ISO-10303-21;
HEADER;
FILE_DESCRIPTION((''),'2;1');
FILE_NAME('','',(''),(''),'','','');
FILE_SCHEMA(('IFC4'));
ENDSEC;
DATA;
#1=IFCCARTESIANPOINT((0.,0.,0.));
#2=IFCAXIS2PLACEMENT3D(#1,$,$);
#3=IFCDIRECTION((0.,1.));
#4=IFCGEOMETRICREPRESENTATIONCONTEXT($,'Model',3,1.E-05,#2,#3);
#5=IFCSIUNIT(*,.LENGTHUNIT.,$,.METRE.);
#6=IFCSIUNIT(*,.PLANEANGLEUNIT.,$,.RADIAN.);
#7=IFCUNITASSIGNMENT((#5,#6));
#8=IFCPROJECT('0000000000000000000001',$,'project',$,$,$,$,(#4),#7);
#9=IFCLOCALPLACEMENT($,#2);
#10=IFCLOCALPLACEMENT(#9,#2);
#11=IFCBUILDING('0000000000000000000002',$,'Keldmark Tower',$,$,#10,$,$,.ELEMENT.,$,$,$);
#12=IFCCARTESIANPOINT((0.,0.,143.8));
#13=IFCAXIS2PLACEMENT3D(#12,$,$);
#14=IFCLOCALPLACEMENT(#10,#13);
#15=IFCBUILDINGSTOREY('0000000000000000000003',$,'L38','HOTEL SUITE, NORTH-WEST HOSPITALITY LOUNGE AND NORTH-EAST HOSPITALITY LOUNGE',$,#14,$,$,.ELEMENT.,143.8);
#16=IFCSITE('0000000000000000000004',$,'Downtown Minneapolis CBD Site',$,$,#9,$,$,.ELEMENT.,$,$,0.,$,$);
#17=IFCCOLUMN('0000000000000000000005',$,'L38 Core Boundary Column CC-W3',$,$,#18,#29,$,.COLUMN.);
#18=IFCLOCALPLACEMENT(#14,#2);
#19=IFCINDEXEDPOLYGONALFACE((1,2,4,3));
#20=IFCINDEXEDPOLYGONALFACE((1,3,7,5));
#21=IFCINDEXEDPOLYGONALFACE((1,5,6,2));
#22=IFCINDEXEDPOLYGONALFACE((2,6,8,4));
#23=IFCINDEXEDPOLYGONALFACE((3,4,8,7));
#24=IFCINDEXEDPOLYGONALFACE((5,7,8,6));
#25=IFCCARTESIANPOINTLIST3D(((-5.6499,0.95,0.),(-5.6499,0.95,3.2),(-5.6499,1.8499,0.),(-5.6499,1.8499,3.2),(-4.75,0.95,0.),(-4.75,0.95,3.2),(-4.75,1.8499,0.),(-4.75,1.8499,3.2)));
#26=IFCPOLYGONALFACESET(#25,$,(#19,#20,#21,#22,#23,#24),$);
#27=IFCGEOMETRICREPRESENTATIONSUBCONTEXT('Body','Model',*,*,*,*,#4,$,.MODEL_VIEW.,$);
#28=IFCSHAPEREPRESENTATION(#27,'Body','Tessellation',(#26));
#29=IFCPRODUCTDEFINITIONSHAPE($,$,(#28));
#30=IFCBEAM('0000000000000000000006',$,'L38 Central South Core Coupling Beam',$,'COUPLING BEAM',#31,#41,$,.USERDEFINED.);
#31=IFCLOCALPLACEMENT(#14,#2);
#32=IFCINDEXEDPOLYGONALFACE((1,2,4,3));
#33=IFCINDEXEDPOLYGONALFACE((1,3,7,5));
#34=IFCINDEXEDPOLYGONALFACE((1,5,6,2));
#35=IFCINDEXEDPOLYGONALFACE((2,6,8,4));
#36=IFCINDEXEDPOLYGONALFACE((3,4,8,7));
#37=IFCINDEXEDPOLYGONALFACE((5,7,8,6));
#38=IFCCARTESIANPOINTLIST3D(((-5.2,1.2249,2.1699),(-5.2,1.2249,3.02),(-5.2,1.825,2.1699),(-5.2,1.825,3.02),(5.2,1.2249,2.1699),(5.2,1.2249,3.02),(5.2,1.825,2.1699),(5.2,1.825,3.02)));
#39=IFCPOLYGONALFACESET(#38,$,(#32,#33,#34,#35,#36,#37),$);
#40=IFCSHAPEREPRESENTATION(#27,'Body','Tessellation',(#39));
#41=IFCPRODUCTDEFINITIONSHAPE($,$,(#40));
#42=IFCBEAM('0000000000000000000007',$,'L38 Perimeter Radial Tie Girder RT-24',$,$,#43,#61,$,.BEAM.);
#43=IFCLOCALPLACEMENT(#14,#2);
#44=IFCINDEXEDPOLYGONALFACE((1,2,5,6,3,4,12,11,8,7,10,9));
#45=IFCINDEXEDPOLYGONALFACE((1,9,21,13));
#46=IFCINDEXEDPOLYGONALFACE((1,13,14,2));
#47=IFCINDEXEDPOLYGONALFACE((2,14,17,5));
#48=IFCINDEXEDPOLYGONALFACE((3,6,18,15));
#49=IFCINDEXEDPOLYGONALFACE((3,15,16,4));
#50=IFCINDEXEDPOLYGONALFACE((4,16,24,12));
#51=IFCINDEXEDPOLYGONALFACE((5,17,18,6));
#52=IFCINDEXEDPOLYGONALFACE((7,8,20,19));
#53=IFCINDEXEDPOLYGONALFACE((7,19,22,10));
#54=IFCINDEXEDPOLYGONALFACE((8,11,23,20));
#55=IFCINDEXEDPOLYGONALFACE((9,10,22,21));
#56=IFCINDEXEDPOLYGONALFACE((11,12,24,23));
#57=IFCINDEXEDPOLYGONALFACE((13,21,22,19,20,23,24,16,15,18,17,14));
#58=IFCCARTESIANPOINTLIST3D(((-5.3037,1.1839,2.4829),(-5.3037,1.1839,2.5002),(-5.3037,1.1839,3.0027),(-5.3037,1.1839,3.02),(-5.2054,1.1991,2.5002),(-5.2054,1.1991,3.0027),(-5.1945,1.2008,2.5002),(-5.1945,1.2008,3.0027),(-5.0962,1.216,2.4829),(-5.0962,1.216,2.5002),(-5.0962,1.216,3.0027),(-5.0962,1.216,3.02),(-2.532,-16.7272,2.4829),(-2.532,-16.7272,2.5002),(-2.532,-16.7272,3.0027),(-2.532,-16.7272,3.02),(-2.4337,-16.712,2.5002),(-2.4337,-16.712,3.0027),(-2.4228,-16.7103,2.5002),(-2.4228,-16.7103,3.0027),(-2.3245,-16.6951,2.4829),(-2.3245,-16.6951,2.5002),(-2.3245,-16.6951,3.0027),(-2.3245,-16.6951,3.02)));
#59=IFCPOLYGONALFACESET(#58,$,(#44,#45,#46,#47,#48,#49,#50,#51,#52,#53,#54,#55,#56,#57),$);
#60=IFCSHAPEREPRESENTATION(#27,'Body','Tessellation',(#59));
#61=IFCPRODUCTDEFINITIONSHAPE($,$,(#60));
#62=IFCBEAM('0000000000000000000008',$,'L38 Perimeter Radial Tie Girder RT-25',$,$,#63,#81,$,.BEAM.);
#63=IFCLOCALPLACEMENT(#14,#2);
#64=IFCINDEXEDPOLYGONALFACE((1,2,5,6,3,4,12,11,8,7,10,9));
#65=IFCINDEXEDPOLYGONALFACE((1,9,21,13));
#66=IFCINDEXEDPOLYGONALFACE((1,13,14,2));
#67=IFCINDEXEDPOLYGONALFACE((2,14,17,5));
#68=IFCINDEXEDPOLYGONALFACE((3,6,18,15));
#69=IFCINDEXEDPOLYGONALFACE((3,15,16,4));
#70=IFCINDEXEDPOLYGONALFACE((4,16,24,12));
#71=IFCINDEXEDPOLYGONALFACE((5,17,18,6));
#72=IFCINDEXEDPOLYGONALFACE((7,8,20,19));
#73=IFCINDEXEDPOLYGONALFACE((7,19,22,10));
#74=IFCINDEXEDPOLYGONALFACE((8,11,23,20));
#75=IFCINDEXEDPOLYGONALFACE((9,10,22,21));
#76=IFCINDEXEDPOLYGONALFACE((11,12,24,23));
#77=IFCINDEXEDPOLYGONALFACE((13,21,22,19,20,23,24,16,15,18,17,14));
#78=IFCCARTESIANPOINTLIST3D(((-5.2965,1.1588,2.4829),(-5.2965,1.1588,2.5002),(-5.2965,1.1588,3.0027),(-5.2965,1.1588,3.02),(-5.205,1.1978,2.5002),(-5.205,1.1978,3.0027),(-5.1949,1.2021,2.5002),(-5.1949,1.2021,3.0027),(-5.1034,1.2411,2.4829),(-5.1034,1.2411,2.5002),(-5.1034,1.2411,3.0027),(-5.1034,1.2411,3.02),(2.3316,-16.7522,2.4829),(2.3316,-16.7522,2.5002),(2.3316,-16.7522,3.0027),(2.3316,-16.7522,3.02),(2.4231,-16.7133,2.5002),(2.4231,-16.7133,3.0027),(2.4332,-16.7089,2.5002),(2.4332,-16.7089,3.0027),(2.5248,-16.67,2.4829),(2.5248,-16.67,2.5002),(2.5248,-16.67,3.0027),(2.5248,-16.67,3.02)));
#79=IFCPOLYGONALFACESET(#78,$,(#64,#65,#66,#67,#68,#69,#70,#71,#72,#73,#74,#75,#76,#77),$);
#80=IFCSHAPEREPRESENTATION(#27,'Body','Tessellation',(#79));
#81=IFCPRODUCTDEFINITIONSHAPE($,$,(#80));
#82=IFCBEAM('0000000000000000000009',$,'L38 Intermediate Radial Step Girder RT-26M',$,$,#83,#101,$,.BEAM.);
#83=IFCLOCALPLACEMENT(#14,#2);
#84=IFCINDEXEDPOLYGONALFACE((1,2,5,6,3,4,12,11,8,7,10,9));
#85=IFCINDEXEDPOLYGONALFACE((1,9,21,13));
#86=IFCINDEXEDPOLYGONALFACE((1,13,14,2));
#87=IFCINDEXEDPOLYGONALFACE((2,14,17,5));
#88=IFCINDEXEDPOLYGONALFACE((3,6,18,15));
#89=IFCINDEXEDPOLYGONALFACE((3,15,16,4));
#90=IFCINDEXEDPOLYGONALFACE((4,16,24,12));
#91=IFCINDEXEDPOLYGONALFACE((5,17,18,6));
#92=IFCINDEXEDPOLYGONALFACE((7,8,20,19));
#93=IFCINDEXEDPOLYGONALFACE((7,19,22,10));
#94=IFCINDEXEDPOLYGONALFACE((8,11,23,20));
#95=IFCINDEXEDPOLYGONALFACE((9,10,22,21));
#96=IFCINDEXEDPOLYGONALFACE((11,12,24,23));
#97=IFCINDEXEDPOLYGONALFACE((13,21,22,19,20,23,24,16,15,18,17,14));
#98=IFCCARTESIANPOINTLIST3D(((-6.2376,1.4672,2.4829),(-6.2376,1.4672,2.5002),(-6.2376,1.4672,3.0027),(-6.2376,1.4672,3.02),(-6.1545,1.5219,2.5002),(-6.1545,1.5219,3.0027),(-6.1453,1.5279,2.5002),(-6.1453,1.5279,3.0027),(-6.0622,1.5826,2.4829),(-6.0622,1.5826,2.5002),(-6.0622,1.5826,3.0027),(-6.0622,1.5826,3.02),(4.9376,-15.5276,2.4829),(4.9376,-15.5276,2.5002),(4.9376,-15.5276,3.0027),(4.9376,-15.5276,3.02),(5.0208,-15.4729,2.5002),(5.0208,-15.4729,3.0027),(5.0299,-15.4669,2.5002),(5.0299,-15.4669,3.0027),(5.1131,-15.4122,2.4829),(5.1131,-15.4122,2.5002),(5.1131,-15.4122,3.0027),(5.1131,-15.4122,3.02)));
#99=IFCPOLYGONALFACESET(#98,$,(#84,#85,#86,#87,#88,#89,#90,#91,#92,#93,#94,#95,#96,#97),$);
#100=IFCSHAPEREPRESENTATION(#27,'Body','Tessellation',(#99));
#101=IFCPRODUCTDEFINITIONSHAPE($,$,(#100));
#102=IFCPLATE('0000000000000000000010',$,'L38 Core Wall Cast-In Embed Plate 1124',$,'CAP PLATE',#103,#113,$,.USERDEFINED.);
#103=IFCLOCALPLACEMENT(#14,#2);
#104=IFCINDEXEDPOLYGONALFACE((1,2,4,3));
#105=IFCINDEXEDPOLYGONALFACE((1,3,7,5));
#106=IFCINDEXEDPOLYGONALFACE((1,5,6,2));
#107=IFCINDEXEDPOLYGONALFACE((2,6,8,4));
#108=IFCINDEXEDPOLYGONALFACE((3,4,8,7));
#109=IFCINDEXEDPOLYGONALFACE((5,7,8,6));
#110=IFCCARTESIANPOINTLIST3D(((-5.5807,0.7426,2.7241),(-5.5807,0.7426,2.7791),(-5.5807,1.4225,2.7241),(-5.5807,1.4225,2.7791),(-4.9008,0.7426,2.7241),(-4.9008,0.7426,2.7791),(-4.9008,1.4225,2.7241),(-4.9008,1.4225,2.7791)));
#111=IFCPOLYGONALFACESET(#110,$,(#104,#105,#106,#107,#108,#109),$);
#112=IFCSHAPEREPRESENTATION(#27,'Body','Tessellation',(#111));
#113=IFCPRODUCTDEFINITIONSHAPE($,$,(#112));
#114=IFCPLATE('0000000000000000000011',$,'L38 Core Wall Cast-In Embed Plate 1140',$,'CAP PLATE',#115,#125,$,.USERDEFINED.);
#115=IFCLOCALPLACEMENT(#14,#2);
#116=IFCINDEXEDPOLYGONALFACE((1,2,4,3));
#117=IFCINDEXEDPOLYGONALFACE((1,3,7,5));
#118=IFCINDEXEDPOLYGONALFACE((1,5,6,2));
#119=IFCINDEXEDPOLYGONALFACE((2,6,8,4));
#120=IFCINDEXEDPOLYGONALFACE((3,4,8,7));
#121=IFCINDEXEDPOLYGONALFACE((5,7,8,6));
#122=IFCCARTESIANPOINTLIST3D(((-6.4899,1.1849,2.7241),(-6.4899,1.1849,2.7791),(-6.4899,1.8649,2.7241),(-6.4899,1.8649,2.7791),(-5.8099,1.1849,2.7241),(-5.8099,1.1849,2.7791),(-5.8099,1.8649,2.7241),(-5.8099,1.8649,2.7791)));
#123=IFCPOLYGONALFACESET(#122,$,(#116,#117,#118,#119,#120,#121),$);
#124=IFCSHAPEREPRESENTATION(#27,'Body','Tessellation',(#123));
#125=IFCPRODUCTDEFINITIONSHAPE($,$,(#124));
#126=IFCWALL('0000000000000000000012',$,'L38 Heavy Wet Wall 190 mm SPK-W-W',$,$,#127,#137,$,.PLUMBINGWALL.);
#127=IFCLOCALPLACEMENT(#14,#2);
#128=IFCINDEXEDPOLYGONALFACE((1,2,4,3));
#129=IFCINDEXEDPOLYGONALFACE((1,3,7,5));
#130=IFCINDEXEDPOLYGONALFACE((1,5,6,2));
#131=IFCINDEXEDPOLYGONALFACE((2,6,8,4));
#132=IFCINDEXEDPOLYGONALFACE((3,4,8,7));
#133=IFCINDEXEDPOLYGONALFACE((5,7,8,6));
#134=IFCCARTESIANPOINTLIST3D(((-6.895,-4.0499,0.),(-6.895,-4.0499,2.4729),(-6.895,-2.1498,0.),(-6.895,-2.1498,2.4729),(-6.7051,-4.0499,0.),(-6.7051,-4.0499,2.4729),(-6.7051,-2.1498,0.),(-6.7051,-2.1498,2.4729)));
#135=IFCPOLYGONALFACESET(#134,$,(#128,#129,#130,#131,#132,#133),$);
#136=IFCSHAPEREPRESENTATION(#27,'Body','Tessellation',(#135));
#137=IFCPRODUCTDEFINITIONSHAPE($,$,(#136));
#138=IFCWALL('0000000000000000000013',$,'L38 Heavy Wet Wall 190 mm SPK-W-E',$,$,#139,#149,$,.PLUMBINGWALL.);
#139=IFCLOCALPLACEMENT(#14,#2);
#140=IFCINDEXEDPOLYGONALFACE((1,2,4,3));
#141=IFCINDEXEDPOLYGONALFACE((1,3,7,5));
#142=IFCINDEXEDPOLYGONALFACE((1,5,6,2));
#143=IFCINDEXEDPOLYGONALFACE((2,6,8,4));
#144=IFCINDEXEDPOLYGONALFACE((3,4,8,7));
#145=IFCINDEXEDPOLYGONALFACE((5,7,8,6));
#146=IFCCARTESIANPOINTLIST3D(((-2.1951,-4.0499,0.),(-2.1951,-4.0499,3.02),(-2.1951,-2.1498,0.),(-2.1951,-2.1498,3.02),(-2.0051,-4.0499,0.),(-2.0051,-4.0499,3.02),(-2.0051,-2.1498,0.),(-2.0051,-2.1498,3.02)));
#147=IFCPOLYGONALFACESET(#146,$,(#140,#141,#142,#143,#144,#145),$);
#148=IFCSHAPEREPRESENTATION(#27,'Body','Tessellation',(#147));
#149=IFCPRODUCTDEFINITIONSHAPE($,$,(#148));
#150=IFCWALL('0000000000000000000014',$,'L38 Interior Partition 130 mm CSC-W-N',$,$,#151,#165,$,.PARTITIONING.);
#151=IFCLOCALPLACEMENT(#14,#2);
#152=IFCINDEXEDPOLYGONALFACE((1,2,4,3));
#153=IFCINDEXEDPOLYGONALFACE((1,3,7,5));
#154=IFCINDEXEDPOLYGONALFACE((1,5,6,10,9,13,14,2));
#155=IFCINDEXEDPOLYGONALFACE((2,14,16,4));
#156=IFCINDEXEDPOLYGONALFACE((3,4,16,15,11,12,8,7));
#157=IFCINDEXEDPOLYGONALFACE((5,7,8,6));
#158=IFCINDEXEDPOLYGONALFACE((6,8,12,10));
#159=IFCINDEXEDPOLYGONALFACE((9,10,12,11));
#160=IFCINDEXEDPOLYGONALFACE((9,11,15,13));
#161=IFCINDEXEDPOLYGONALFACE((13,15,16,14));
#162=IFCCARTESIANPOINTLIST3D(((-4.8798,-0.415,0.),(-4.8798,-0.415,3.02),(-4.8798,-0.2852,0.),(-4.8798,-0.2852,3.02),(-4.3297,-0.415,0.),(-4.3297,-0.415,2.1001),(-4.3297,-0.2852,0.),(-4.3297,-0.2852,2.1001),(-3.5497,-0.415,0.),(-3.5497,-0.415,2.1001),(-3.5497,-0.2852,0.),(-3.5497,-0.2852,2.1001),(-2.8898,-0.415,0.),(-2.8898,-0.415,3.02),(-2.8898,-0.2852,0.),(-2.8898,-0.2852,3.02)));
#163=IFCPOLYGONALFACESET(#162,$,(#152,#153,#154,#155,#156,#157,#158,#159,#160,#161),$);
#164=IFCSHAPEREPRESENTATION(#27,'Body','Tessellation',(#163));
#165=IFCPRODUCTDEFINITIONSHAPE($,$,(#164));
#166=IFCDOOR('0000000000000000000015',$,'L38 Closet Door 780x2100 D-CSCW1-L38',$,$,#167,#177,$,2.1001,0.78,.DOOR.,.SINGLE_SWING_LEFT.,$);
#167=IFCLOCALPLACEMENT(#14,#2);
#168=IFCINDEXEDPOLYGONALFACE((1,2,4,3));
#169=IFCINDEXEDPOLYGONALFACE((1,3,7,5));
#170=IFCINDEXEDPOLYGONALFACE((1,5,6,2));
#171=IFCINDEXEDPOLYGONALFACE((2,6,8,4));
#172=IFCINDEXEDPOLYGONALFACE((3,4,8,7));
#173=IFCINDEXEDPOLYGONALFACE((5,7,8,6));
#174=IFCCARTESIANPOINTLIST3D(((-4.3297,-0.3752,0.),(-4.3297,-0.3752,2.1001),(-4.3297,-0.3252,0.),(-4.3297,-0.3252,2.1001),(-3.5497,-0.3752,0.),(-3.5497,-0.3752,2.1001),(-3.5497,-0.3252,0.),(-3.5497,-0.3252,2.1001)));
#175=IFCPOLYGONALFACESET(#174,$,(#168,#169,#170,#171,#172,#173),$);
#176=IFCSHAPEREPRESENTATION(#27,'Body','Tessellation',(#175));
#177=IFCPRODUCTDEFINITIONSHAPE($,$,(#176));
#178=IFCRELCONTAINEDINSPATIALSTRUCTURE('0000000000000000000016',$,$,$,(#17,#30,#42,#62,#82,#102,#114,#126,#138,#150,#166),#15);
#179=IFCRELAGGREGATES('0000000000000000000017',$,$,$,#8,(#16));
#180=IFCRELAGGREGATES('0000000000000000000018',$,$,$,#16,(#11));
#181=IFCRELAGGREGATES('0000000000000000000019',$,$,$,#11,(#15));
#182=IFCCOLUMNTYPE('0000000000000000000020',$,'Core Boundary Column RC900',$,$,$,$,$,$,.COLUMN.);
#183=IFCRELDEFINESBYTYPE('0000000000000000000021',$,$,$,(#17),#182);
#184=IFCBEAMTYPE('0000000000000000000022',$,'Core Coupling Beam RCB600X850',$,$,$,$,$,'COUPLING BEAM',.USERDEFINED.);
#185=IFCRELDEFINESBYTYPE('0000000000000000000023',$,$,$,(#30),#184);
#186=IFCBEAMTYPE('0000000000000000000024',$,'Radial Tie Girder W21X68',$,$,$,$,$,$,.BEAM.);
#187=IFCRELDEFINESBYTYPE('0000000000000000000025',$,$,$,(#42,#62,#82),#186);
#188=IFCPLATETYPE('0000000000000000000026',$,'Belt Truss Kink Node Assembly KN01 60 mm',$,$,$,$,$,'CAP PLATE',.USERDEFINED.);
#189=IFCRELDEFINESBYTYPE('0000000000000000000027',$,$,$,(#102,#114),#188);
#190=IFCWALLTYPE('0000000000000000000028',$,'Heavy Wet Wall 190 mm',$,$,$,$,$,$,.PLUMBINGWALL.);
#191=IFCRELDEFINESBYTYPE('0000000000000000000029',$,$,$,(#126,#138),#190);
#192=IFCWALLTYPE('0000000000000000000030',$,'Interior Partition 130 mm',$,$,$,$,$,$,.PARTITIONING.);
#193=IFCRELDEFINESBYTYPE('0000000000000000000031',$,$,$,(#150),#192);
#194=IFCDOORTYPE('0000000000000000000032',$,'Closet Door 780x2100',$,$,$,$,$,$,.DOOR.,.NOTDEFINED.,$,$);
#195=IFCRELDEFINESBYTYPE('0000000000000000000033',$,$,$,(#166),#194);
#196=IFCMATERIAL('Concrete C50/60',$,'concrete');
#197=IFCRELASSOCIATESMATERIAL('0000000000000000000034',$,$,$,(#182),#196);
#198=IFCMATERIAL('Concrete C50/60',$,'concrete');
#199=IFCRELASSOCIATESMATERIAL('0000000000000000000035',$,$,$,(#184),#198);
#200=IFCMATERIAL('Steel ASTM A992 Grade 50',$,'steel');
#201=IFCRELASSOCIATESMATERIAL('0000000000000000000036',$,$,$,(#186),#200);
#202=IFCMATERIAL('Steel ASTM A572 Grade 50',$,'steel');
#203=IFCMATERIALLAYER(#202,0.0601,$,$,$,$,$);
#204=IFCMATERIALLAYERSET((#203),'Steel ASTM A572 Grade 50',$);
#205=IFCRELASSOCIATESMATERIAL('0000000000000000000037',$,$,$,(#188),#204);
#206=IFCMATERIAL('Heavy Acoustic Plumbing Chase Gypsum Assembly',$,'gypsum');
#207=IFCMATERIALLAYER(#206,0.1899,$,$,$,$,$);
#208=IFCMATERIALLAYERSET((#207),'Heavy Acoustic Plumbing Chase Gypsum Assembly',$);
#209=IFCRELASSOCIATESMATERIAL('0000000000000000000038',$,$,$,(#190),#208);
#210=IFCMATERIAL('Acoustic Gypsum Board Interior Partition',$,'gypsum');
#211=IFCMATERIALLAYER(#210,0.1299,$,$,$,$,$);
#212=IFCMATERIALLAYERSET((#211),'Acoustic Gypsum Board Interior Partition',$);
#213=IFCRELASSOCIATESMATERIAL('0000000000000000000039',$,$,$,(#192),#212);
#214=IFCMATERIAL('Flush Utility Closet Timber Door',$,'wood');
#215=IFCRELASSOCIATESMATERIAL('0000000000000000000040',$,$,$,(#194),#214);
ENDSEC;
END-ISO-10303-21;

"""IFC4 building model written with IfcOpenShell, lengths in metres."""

from ifc_helpers import new_model, si_unit, direction, frame, frame_2d, origin, origin_2d, place, context, subcontext, project, spatial, rectangle, i_section, extrude, material, layer, layer_set, material_profile, profile_set, type_object, element, fill, save


model = new_model("IFC4")

# Units and contexts
model_context = context("Model", 3, precision=1e-05, world=origin(), true_north=direction((0.0, 1.0)))
body_context = subcontext(model_context, "Body", "Model", "MODEL_VIEW")
ifc_project = project(units=[si_unit("LENGTHUNIT", "METRE"), si_unit("PLANEANGLEUNIT", "RADIAN")], contexts=[model_context])

# Site, building, storey
site_placement = place(None, origin())
site = spatial("IfcSite", under=ifc_project, at=site_placement, Name="Downtown Minneapolis CBD Site", CompositionType="ELEMENT", RefElevation=0.0)
building_placement = place(site_placement, origin())
building = spatial("IfcBuilding", under=site, at=building_placement, Name="Keldmark Tower", CompositionType="ELEMENT")
storey_placement = place(building_placement, frame((0.0, 0.0, 143.8)))
storey = spatial("IfcBuildingStorey", under=building, at=storey_placement, Name="L38", Description="HOTEL SUITE, NORTH-WEST HOSPITALITY LOUNGE AND NORTH-EAST HOSPITALITY LOUNGE", CompositionType="ELEMENT", Elevation=143.8)

# Column
ifc_material_1 = material(Name="Concrete C50/60", Category="concrete")
ifc_material_profile_1 = material_profile(ifc_material_1, rectangle(XDim=0.8999, YDim=0.8999, at=origin_2d()), Name="RC900X900")
ifc_profile_set_1 = profile_set([ifc_material_profile_1], Name="Concrete C50/60")
column_type = type_object("IfcColumnType", Name="Core Boundary Column RC900", PredefinedType="COLUMN", material=ifc_profile_set_1)
column_placement = place(storey_placement, frame((-5.2, 1.3999, 0.0), z_axis=(0.0, 0.0, 1.0), x_axis=(1.0, 0.0, 0.0)))
element("IfcColumn", 1, at=column_placement, inside=storey, type_object=column_type, Name="L38 Core Boundary Column CC-W3", PredefinedType="COLUMN", context=body_context, shape_type="SweptSolid", body=[
    extrude(rectangle(XDim=0.8999, YDim=0.8999, at=origin_2d()), origin(), (0.0, 0.0, 1.0), 3.2),
])

# Beams
ifc_material_2 = material(Name="Concrete C50/60", Category="concrete")
ifc_material_profile_2 = material_profile(ifc_material_2, rectangle(XDim=0.6001, YDim=0.8501, at=origin_2d()), Name="RCB600X850")
ifc_profile_set_2 = profile_set([ifc_material_profile_2], Name="Concrete C50/60")
beam_type_1 = type_object("IfcBeamType", Name="Core Coupling Beam RCB600X850", ElementType="COUPLING BEAM", PredefinedType="USERDEFINED", material=ifc_profile_set_2)
beam_1_placement = place(storey_placement, frame((-5.2, 1.5249, 2.595), z_axis=(1.0, 0.0, 0.0), x_axis=(0.0, 1.0, 0.0)))
element("IfcBeam", 2, at=beam_1_placement, inside=storey, type_object=beam_type_1, Name="L38 Central South Core Coupling Beam", ObjectType="COUPLING BEAM", PredefinedType="USERDEFINED", context=body_context, shape_type="SweptSolid", body=[
    extrude(rectangle(XDim=0.6001, YDim=0.8501, at=origin_2d()), origin(), (0.0, 0.0, 1.0), 10.3999),
])
ifc_material_3 = material(Name="Steel ASTM A992 Grade 50", Category="steel")
ifc_material_profile_3 = material_profile(ifc_material_3, i_section(OverallWidth=0.21, OverallDepth=0.5371, WebThickness=0.011, FlangeThickness=0.0173, at=origin_2d()), Name="W21X68")
ifc_profile_set_3 = profile_set([ifc_material_profile_3], Name="Steel ASTM A992 Grade 50")
beam_type_2 = type_object("IfcBeamType", Name="Radial Tie Girder W21X68", PredefinedType="BEAM", material=ifc_profile_set_3)
beam_2_placement = place(storey_placement, frame((-5.2, 1.2, 2.7515), z_axis=(0.152929, -0.988237, 0.0), x_axis=(0.988237, 0.152929, 0.0)))
element("IfcBeam", 3, at=beam_2_placement, inside=storey, type_object=beam_type_2, Name="L38 Perimeter Radial Tie Girder RT-24", PredefinedType="BEAM", context=body_context, shape_type="SweptSolid", body=[
    extrude(i_section(OverallWidth=0.21, OverallDepth=0.5371, WebThickness=0.011, FlangeThickness=0.0173, at=origin_2d()), origin(), (0.0, 0.0, 1.0), 18.1243),
])
beam_3_placement = place(storey_placement, frame((-5.2, 1.2, 2.7515), z_axis=(0.391834, -0.920036, 0.0), x_axis=(0.920036, 0.391834, 0.0)))
element("IfcBeam", 4, at=beam_3_placement, inside=storey, type_object=beam_type_2, Name="L38 Perimeter Radial Tie Girder RT-25", PredefinedType="BEAM", context=body_context, shape_type="SweptSolid", body=[
    extrude(i_section(OverallWidth=0.21, OverallDepth=0.5371, WebThickness=0.011, FlangeThickness=0.0173, at=origin_2d()), origin(), (0.0, 0.0, 1.0), 19.4678),
])
beam_4_placement = place(storey_placement, frame((-6.1499, 1.5249, 2.7515), z_axis=(0.549426, -0.835542, 0.0), x_axis=(0.835542, 0.549426, 0.0)))
element("IfcBeam", 5, at=beam_4_placement, inside=storey, type_object=beam_type_2, Name="L38 Intermediate Radial Step Girder RT-26M", PredefinedType="BEAM", context=body_context, shape_type="SweptSolid", body=[
    extrude(i_section(OverallWidth=0.21, OverallDepth=0.5371, WebThickness=0.011, FlangeThickness=0.0173, at=origin_2d()), origin(), (0.0, 0.0, 1.0), 20.3398),
])

# Plates
ifc_material_4 = material(Name="Steel ASTM A572 Grade 50", Category="steel")
ifc_layer_1 = layer(ifc_material_4, 0.0601)
ifc_layer_set_1 = layer_set([ifc_layer_1], Name="Steel ASTM A572 Grade 50")
plate_type = type_object("IfcPlateType", Name="Belt Truss Kink Node Assembly KN01 60 mm", ElementType="CAP PLATE", PredefinedType="USERDEFINED", material=ifc_layer_set_1)
for number, where, z_axis, x_axis, name in (
    (6, (-5.2407, 1.0825, 2.7241), (0.0, 0.0, 1.0), (1.0, 0.0, 0.0), "L38 Core Wall Cast-In Embed Plate 1124"),
    (7, (-6.1499, 1.5249, 2.7241), (0.0, 0.0, 1.0), (1.0, 0.0, 0.0), "L38 Core Wall Cast-In Embed Plate 1140"),
):
    element("IfcPlate", number, at=place(storey_placement, frame(where, z_axis=z_axis, x_axis=x_axis)), inside=storey, type_object=plate_type, Name=name, ObjectType="CAP PLATE", PredefinedType="USERDEFINED", context=body_context, shape_type="SweptSolid", body=[
        extrude(rectangle(XDim=0.6799, YDim=0.6799, at=origin_2d()), origin(), (0.0, 0.0, 1.0), 0.0549),
    ])

# Walls
ifc_material_5 = material(Name="Heavy Acoustic Plumbing Chase Gypsum Assembly", Category="gypsum")
ifc_layer_2 = layer(ifc_material_5, 0.1899)
ifc_layer_set_2 = layer_set([ifc_layer_2], Name="Heavy Acoustic Plumbing Chase Gypsum Assembly")
wall_type_1 = type_object("IfcWallType", Name="Heavy Wet Wall 190 mm", PredefinedType="PLUMBINGWALL", material=ifc_layer_set_2)
wall_1_placement = place(storey_placement, frame((-6.8, -4.05, 0.0), z_axis=(0.0, 0.0, 1.0), x_axis=(0.0, 1.0, 0.0)))
element("IfcWall", 8, at=wall_1_placement, inside=storey, type_object=wall_type_1, Name="L38 Heavy Wet Wall 190 mm SPK-W-W", PredefinedType="PLUMBINGWALL", context=body_context, shape_type="SweptSolid", body=[
    extrude(rectangle(XDim=1.9001, YDim=0.1899, at=frame_2d((0.9502, 0.0))), origin(), (0.0, 0.0, 1.0), 2.4729),
])
wall_2_placement = place(storey_placement, frame((-2.1001, -4.05, 0.0), z_axis=(0.0, 0.0, 1.0), x_axis=(0.0, 1.0, 0.0)))
element("IfcWall", 9, at=wall_2_placement, inside=storey, type_object=wall_type_1, Name="L38 Heavy Wet Wall 190 mm SPK-W-E", PredefinedType="PLUMBINGWALL", context=body_context, shape_type="SweptSolid", body=[
    extrude(rectangle(XDim=1.9001, YDim=0.1899, at=frame_2d((0.9502, 0.0))), origin(), (0.0, 0.0, 1.0), 3.02),
])

# Wall, opening, door
ifc_material_6 = material(Name="Acoustic Gypsum Board Interior Partition", Category="gypsum")
ifc_layer_3 = layer(ifc_material_6, 0.1299)
ifc_layer_set_3 = layer_set([ifc_layer_3], Name="Acoustic Gypsum Board Interior Partition")
wall_type_2 = type_object("IfcWallType", Name="Interior Partition 130 mm", PredefinedType="PARTITIONING", material=ifc_layer_set_3)
wall_3_placement = place(storey_placement, frame((-4.8799, -0.3501, 0.0), z_axis=(0.0, 0.0, 1.0), x_axis=(1.0, 0.0, 0.0)))
wall_3 = element("IfcWall", 10, at=wall_3_placement, inside=storey, type_object=wall_type_2, Name="L38 Interior Partition 130 mm CSC-W-N", PredefinedType="PARTITIONING", context=body_context, shape_type="SweptSolid", body=[
    extrude(rectangle(XDim=1.99, YDim=0.1299, at=frame_2d((0.9951, 0.0))), origin(), (0.0, 0.0, 1.0), 3.02),
])
opening_1_placement = place(wall_3_placement, frame((0.55, 0.0, 0.0)))
opening_1 = element("IfcOpeningElement", 11, at=opening_1_placement, cuts=wall_3, PredefinedType="OPENING", context=body_context, shape_type="SweptSolid", body=[
    extrude(rectangle(XDim=0.78, YDim=2.1001, at=frame_2d((0.3901, 1.05))), frame((0.0, 0.075, 0.0), z_axis=(0.0, -1.0, 0.0), x_axis=(1.0, 0.0, 0.0)), (0.0, 0.0, 1.0), 0.1499),
])
ifc_material_7 = material(Name="Flush Utility Closet Timber Door", Category="wood")
door_type_1 = type_object("IfcDoorType", Name="Closet Door 780x2100", OperationType="NOTDEFINED", PredefinedType="DOOR", material=ifc_material_7)
door_1_placement = place(opening_1_placement, origin())
door_1 = element("IfcDoor", 12, at=door_1_placement, inside=storey, type_object=door_type_1, Name="L38 Closet Door 780x2100 D-CSCW1-L38", OperationType="SINGLE_SWING_LEFT", OverallHeight=2.1001, OverallWidth=0.78, PredefinedType="DOOR", context=body_context, shape_type="SweptSolid", body=[
    extrude(rectangle(XDim=0.78, YDim=2.1001, at=frame_2d((0.3901, 1.05))), frame((0.0, 0.0249, 0.0), z_axis=(0.0, -1.0, 0.0), x_axis=(1.0, 0.0, 0.0)), (0.0, 0.0, 1.0), 0.05),
])
fill(opening_1, door_1)

save(model, "model.ifc")
